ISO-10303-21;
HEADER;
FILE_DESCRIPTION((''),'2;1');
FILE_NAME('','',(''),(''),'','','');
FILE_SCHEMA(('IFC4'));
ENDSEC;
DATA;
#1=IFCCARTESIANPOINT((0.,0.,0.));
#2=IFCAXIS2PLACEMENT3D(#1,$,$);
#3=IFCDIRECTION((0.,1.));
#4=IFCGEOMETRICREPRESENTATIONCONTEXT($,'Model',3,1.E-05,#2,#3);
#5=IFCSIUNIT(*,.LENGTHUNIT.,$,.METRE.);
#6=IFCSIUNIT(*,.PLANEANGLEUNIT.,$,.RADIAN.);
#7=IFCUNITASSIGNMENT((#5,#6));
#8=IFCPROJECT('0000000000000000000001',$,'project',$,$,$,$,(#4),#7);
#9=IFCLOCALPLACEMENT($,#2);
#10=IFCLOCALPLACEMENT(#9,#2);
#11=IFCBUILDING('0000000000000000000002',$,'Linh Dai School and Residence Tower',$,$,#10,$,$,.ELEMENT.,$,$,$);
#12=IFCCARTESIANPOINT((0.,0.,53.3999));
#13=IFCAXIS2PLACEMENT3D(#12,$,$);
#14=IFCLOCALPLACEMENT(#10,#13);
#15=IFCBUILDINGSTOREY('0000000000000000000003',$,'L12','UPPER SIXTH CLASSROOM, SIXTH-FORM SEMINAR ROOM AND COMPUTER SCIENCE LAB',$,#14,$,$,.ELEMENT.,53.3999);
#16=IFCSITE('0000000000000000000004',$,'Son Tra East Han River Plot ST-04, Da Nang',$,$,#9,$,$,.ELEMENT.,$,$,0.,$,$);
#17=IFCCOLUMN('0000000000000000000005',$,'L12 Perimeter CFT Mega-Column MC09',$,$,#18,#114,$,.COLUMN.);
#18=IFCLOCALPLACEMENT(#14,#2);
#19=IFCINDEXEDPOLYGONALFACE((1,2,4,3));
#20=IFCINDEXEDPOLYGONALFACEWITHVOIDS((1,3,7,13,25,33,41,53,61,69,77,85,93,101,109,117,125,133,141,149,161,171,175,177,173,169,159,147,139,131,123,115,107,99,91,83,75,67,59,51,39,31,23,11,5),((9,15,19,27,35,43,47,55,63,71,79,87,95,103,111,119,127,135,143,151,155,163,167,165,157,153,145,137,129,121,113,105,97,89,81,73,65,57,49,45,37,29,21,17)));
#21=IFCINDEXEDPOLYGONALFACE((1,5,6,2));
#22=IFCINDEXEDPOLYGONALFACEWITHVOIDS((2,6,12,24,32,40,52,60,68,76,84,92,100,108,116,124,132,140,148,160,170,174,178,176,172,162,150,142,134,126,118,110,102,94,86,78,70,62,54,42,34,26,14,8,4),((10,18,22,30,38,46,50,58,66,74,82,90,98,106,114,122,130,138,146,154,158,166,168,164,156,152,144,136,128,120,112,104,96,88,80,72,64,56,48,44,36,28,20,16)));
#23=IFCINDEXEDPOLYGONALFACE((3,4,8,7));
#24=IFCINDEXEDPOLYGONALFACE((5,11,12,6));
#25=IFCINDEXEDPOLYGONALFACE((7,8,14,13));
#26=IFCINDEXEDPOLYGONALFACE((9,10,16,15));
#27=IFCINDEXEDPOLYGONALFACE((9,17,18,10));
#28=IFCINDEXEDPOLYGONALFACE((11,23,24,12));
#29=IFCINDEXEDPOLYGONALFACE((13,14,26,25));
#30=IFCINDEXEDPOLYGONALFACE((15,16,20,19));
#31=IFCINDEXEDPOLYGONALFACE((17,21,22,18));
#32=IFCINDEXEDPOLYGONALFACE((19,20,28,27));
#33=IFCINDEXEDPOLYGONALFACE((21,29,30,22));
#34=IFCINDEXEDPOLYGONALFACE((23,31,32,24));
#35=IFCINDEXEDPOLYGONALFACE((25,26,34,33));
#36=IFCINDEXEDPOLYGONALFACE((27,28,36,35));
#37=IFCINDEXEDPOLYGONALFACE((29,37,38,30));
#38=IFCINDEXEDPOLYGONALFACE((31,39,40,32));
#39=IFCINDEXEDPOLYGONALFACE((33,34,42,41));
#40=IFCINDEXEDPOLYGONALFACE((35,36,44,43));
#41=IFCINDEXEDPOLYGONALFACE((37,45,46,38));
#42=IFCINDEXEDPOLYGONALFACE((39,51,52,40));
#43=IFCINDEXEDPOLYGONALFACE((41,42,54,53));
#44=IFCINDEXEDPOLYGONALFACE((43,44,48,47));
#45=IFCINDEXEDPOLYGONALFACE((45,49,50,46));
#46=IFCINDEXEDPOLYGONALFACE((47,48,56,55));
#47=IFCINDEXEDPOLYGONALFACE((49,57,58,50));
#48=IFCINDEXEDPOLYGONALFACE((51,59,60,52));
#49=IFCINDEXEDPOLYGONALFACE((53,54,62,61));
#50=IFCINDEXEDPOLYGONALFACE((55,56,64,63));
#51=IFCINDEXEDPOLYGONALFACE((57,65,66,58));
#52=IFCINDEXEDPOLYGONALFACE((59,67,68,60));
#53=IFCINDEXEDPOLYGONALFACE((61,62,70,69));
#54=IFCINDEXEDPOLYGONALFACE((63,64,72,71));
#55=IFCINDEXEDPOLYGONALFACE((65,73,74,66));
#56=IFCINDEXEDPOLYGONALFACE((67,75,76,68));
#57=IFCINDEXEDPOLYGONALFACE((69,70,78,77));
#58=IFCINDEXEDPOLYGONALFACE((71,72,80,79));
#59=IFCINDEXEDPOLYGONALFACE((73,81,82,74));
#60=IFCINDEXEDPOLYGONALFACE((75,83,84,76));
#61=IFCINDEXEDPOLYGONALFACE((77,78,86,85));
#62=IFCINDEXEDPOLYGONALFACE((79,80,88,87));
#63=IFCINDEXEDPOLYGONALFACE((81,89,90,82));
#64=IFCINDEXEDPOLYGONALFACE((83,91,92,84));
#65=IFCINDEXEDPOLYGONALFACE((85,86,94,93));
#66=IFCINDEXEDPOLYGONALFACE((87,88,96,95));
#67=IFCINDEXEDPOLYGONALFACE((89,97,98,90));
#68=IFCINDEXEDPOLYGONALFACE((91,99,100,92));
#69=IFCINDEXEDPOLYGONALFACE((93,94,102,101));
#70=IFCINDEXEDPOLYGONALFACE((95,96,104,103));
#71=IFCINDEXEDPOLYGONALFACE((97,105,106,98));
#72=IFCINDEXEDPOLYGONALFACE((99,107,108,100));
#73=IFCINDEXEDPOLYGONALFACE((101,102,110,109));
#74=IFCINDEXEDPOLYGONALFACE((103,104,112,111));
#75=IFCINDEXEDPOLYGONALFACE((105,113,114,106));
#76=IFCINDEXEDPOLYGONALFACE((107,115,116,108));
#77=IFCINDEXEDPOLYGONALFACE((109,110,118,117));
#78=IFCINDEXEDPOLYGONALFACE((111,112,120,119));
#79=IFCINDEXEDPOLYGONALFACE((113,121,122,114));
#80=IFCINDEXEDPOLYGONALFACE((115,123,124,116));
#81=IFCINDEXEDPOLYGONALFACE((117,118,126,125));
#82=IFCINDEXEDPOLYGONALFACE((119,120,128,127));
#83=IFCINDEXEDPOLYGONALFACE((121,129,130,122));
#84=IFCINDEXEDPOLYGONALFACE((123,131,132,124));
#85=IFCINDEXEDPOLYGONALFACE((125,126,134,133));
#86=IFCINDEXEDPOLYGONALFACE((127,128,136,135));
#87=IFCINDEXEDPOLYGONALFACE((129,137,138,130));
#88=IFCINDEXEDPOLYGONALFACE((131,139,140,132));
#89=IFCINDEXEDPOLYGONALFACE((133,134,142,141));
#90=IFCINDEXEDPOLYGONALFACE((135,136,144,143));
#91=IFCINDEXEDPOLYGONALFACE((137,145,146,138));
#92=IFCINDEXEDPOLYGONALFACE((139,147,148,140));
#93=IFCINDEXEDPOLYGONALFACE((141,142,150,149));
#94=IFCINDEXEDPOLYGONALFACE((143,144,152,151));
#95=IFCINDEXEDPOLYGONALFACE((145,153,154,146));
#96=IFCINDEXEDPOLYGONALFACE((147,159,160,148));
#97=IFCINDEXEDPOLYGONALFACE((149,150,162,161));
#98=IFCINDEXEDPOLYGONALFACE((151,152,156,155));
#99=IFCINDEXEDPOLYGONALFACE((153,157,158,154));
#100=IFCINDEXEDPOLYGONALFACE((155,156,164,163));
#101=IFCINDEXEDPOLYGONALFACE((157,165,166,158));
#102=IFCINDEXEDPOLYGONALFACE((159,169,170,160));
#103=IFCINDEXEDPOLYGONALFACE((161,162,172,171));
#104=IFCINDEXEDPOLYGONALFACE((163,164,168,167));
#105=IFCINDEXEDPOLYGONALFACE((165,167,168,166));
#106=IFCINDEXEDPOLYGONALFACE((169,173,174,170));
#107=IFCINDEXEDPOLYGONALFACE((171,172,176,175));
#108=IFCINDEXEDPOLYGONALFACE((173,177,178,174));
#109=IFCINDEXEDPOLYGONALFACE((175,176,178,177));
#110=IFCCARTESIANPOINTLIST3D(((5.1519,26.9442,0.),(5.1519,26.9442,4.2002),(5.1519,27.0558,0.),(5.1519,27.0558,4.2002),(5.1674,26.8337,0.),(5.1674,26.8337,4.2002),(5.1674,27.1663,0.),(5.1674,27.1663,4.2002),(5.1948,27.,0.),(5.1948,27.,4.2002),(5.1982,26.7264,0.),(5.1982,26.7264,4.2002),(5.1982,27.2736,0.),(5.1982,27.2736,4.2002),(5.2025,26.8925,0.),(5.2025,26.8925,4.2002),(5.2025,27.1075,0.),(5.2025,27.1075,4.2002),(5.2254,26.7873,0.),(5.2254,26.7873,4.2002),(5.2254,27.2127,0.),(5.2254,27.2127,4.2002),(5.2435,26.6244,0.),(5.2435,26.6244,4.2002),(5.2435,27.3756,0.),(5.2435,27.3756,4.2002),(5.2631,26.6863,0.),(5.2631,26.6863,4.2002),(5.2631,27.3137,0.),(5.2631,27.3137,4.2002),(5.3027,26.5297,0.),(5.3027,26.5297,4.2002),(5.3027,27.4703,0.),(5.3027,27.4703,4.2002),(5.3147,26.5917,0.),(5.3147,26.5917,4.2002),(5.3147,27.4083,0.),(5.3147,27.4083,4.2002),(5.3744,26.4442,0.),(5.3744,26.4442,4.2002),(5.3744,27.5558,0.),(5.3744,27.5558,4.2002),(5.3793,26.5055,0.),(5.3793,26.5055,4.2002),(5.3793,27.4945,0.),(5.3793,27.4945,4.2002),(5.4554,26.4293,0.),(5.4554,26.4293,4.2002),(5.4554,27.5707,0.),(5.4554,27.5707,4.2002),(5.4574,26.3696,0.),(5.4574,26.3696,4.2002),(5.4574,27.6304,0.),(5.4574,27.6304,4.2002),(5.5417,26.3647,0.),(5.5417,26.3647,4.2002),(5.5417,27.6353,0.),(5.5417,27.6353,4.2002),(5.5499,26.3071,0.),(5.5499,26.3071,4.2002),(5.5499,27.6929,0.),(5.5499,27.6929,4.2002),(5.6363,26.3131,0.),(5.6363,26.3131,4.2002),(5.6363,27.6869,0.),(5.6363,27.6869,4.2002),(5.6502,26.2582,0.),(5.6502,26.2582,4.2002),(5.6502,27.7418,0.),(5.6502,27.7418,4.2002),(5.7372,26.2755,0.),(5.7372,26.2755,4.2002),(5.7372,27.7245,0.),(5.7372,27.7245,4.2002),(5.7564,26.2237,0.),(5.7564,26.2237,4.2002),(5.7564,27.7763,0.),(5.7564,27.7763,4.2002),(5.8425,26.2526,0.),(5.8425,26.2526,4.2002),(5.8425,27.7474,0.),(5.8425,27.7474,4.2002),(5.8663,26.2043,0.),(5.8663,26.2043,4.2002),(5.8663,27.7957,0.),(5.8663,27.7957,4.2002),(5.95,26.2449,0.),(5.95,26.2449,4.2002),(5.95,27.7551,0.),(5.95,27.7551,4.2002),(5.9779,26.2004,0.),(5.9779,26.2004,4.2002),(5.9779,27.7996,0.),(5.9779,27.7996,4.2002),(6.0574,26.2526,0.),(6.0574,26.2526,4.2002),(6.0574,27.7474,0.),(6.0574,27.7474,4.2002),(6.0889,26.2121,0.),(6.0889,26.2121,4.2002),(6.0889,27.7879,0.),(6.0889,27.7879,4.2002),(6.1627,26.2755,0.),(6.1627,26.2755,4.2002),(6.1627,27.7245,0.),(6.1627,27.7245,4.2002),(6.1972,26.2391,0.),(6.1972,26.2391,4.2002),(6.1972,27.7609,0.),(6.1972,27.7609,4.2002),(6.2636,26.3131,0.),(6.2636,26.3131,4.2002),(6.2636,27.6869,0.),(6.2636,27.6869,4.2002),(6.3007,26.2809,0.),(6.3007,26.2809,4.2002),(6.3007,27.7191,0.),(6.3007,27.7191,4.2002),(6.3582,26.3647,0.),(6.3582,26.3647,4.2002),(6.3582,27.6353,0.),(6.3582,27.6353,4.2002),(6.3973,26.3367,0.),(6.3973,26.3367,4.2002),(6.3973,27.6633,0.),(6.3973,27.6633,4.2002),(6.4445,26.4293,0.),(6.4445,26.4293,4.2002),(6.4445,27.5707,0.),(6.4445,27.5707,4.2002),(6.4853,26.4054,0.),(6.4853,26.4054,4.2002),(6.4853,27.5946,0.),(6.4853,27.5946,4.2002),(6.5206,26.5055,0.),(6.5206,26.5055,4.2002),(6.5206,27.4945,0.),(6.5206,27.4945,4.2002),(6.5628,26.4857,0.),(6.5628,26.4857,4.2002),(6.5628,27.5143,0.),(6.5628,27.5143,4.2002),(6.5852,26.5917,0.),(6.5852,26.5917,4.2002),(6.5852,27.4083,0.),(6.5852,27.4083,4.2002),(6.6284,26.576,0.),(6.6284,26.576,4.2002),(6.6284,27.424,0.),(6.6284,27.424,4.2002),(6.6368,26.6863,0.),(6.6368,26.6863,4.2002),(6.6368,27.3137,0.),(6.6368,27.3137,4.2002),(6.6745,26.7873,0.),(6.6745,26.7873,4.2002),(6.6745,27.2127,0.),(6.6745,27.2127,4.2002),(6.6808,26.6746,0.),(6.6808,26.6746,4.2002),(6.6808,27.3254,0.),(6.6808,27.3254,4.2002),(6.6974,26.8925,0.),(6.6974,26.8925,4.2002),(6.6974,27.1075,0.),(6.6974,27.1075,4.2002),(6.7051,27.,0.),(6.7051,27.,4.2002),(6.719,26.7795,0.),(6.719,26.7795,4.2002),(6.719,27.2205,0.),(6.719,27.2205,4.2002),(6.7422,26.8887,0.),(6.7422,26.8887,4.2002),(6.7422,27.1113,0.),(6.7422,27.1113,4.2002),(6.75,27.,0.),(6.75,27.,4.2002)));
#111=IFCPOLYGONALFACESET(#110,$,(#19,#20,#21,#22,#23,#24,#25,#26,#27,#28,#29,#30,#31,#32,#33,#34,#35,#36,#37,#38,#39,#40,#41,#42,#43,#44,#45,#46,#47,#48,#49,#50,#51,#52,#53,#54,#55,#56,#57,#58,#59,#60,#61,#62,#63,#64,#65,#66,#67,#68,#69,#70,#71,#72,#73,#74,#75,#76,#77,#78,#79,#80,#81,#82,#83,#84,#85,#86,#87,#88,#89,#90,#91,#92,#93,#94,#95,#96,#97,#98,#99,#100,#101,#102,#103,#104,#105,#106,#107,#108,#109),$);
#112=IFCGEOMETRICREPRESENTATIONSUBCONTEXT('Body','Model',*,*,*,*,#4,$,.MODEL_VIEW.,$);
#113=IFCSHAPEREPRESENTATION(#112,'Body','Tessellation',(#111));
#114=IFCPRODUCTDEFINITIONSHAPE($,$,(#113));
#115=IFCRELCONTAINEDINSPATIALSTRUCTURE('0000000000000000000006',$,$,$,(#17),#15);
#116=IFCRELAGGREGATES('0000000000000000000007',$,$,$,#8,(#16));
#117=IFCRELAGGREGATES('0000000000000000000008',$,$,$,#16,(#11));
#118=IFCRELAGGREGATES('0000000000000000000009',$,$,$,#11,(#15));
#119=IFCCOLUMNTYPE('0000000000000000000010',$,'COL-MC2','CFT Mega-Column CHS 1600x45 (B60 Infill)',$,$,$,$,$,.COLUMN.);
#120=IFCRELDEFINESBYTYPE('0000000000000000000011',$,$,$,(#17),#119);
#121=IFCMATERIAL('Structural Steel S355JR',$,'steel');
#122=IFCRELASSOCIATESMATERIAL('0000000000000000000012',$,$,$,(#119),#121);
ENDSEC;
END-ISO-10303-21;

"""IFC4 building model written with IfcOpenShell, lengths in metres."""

from ifc_helpers import new_model, si_unit, direction, frame, origin, origin_2d, place, context, subcontext, project, spatial, hollow_circle, extrude, material, material_profile, profile_set, type_object, element, save


model = new_model("IFC4")

# Units and contexts
model_context = context("Model", 3, precision=1e-05, world=origin(), true_north=direction((0.0, 1.0)))
body_context = subcontext(model_context, "Body", "Model", "MODEL_VIEW")
ifc_project = project(units=[si_unit("LENGTHUNIT", "METRE"), si_unit("PLANEANGLEUNIT", "RADIAN")], contexts=[model_context])

# Site, building, storey
site_placement = place(None, origin())
site = spatial("IfcSite", under=ifc_project, at=site_placement, Name="Son Tra East Han River Plot ST-04, Da Nang", CompositionType="ELEMENT", RefElevation=0.0)
building_placement = place(site_placement, origin())
building = spatial("IfcBuilding", under=site, at=building_placement, Name="Linh Dai School and Residence Tower", CompositionType="ELEMENT")
storey_placement = place(building_placement, frame((0.0, 0.0, 53.3999)))
storey = spatial("IfcBuildingStorey", under=building, at=storey_placement, Name="L12", Description="UPPER SIXTH CLASSROOM, SIXTH-FORM SEMINAR ROOM AND COMPUTER SCIENCE LAB", CompositionType="ELEMENT", Elevation=53.3999)

# Column
ifc_material_1 = material(Name="Structural Steel S355JR", Category="steel")
ifc_material_profile_1 = material_profile(ifc_material_1, hollow_circle(Radius=0.8, WallThickness=0.0449, at=origin_2d()), Name="CHS 1600x45")
ifc_profile_set_1 = profile_set([ifc_material_profile_1], Name="Structural Steel S355JR")
column_type = type_object("IfcColumnType", Name="COL-MC2", Description="CFT Mega-Column CHS 1600x45 (B60 Infill)", PredefinedType="COLUMN", material=ifc_profile_set_1)
for number, where, z_axis, x_axis, name in (
    (1, (5.95, 27.0, 0.0), (0.0, 0.0, 1.0), (1.0, 0.0, 0.0), "L12 Perimeter CFT Mega-Column MC09"),
):
    element("IfcColumn", number, at=place(storey_placement, frame(where, z_axis=z_axis, x_axis=x_axis)), inside=storey, type_object=column_type, Name=name, PredefinedType="COLUMN", context=body_context, shape_type="SweptSolid", body=[
        extrude(hollow_circle(Radius=0.8, WallThickness=0.0449, at=origin_2d()), origin(), (0.0, 0.0, 1.0), 4.2002),
    ])

save(model, "model.ifc")
